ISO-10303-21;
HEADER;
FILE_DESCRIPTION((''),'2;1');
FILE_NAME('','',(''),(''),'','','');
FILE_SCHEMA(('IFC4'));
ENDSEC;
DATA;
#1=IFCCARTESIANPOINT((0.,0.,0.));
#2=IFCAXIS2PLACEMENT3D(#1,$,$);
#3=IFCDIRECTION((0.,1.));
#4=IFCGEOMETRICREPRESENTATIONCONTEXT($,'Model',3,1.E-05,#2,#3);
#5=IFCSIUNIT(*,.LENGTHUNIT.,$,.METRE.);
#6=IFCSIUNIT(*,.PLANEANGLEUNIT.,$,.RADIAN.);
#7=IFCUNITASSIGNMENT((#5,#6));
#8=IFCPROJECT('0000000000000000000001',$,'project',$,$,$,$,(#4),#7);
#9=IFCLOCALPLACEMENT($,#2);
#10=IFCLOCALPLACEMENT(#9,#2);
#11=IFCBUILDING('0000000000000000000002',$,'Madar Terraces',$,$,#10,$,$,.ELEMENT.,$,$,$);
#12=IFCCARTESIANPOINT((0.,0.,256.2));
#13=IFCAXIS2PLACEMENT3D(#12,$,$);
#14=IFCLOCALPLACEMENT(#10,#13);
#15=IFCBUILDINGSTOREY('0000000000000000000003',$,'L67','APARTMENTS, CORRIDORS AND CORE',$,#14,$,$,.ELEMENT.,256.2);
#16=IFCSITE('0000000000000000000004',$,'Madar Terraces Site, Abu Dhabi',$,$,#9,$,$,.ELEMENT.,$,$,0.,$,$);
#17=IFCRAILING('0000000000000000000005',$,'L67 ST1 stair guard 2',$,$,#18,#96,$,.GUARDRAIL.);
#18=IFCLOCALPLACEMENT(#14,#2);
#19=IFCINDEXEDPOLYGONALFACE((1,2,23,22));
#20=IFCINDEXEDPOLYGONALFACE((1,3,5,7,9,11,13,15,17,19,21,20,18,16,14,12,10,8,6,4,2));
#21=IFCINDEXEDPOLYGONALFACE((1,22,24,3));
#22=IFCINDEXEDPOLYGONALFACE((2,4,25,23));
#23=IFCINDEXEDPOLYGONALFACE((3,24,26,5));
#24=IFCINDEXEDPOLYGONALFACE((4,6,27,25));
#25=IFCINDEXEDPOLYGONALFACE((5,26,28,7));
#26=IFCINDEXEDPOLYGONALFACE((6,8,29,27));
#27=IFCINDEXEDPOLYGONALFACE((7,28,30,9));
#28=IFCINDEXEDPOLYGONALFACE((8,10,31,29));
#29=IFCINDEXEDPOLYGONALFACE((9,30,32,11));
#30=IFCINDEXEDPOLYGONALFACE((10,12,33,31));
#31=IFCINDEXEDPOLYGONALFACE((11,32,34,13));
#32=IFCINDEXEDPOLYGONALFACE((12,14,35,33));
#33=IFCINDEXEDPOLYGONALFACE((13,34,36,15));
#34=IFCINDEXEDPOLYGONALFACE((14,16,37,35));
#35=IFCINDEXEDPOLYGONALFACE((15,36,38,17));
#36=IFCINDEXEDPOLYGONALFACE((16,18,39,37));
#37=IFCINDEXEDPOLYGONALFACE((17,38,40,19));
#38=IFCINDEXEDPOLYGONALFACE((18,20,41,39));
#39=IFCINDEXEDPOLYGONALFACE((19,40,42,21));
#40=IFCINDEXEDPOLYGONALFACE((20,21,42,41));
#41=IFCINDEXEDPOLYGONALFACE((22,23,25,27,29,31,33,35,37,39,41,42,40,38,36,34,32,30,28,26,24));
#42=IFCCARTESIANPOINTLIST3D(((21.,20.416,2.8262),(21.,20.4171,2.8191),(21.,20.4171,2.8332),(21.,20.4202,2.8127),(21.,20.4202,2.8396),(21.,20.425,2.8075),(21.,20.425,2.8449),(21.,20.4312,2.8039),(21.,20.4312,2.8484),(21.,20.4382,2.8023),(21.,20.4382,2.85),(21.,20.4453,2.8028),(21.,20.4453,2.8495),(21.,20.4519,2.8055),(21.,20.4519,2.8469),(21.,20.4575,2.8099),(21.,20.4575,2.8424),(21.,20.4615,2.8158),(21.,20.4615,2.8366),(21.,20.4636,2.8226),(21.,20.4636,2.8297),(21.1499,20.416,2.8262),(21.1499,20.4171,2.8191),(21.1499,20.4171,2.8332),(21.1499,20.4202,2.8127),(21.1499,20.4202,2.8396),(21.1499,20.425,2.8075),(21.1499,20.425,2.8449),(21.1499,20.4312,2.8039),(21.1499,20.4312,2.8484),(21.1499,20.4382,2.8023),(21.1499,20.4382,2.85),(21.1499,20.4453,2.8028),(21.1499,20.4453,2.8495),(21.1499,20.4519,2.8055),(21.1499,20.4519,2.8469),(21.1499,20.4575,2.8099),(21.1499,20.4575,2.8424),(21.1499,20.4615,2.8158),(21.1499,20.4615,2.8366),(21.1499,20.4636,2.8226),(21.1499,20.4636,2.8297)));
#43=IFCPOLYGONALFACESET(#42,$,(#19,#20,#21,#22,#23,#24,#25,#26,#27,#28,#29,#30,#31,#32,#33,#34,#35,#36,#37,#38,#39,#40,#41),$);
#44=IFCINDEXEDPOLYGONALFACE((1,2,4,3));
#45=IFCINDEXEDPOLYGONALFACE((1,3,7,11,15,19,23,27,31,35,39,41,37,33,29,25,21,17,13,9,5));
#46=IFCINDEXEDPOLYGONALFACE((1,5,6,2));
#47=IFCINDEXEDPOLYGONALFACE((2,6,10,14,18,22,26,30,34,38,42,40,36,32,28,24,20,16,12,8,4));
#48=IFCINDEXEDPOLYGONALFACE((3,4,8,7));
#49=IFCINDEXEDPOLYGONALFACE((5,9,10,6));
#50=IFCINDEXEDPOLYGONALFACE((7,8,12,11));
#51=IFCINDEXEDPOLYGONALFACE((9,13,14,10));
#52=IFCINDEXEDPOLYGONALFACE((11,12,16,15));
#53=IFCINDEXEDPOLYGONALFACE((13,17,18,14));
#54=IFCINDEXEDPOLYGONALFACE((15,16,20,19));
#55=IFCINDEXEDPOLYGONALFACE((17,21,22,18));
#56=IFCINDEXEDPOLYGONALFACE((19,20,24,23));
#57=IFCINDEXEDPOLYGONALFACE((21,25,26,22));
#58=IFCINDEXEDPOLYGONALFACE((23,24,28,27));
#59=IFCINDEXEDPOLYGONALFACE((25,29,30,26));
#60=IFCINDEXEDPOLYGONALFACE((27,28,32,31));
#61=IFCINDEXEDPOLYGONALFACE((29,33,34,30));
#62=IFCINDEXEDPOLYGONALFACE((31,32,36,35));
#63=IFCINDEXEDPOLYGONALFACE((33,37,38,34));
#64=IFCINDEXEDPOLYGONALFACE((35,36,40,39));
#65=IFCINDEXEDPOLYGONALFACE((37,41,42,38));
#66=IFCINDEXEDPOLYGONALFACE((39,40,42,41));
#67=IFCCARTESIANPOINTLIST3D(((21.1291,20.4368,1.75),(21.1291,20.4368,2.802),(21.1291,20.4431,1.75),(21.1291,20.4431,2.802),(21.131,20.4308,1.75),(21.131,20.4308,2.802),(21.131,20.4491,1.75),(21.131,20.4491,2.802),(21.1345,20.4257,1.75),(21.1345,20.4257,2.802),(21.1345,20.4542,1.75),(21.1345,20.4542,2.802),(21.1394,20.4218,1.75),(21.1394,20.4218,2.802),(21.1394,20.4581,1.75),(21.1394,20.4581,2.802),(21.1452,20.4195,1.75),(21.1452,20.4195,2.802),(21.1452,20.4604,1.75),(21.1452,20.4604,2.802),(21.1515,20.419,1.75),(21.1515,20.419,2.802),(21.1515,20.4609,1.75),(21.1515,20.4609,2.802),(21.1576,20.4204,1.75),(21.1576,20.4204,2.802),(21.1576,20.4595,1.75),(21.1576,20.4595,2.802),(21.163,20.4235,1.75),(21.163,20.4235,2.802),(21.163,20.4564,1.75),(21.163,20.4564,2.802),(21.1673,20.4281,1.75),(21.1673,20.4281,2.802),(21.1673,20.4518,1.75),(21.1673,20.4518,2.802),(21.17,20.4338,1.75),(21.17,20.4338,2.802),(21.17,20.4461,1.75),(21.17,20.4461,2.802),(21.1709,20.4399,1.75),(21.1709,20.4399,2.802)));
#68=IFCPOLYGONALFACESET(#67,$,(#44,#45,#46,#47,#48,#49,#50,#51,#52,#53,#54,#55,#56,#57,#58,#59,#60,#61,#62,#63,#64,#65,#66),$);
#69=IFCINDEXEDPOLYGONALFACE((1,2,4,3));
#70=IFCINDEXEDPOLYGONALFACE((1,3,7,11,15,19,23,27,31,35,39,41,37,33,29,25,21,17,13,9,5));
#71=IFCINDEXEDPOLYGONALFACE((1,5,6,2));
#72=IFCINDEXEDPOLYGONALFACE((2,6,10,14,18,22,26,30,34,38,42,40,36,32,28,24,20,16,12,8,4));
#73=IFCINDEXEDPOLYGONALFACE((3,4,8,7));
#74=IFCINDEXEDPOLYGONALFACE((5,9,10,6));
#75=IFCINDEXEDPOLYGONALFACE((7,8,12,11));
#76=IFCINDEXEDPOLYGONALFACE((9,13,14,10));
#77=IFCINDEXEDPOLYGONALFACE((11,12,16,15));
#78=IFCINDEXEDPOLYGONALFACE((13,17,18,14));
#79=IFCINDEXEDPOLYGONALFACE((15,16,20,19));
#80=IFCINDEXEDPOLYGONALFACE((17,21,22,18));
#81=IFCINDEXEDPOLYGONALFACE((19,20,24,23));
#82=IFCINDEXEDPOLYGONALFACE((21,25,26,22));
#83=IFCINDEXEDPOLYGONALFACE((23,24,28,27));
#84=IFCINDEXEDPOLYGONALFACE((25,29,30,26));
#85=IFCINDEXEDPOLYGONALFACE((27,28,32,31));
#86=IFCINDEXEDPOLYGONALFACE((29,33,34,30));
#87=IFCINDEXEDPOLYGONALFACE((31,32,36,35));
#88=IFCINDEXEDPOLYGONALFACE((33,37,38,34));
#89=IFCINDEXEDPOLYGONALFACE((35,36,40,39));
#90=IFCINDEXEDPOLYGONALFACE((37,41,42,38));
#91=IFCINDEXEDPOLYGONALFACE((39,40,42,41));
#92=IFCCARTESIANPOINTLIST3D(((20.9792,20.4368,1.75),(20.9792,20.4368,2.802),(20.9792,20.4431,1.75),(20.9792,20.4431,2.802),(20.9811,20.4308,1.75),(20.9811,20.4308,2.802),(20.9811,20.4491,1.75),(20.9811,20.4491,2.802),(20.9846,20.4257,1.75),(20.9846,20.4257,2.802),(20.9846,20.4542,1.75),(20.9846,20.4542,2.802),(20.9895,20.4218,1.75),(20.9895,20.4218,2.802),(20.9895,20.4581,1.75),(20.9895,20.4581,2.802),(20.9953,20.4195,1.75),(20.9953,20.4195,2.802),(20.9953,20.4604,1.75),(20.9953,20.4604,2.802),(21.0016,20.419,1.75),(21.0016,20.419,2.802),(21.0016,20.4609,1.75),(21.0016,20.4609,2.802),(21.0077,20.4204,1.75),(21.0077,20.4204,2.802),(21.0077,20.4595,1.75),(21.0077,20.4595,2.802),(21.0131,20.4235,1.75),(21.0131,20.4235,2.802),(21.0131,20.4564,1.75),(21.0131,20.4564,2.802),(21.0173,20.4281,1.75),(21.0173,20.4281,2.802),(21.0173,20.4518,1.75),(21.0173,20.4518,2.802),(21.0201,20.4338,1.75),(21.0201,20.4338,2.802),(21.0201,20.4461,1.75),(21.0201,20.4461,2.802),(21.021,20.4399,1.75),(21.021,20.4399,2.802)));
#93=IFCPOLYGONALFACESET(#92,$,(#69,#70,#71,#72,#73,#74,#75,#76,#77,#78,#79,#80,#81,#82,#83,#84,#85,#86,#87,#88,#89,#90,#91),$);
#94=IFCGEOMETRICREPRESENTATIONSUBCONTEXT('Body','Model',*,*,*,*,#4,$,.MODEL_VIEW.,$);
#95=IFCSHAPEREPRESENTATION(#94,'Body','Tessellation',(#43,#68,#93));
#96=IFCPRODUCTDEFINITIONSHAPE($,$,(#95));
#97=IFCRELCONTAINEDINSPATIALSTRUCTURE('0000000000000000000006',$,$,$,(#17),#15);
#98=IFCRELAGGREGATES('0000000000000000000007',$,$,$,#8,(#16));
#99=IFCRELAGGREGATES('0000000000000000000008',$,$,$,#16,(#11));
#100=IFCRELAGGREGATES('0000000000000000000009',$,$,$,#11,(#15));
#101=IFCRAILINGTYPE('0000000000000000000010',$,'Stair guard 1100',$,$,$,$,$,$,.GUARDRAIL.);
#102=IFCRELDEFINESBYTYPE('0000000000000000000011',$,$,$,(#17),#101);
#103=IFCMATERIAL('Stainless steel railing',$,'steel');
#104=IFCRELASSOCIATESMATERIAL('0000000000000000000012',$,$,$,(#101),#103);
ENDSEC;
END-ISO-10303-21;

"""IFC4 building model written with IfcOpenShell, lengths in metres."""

from ifc_helpers import new_model, si_unit, direction, frame, origin, origin_2d, place, context, subcontext, project, spatial, circle, extrude, material, type_object, element, save


model = new_model("IFC4")

# Units and contexts
model_context = context("Model", 3, precision=1e-05, world=origin(), true_north=direction((0.0, 1.0)))
body_context = subcontext(model_context, "Body", "Model", "MODEL_VIEW")
ifc_project = project(units=[si_unit("LENGTHUNIT", "METRE"), si_unit("PLANEANGLEUNIT", "RADIAN")], contexts=[model_context])

# Site, building, storey
site_placement = place(None, origin())
site = spatial("IfcSite", under=ifc_project, at=site_placement, Name="Madar Terraces Site, Abu Dhabi", CompositionType="ELEMENT", RefElevation=0.0)
building_placement = place(site_placement, origin())
building = spatial("IfcBuilding", under=site, at=building_placement, Name="Madar Terraces", CompositionType="ELEMENT")
storey_placement = place(building_placement, frame((0.0, 0.0, 256.2)))
storey = spatial("IfcBuildingStorey", under=building, at=storey_placement, Name="L67", Description="APARTMENTS, CORRIDORS AND CORE", CompositionType="ELEMENT", Elevation=256.2)

# Railing
ifc_material_1 = material(Name="Stainless steel railing", Category="steel")
railing_type_1 = type_object("IfcRailingType", Name="Stair guard 1100", PredefinedType="GUARDRAIL", material=ifc_material_1)
railing_1_placement = place(storey_placement, frame((21.1499, 20.4399, 1.75)))
element("IfcRailing", 1, at=railing_1_placement, inside=storey, type_object=railing_type_1, Name="L67 ST1 stair guard 2", PredefinedType="GUARDRAIL", context=body_context, shape_type="SweptSolid", body=[
    extrude(circle(Radius=0.0239, at=origin_2d()), frame((0.0, 0.0, 1.0762), z_axis=(-1.0, 0.0, 0.0), x_axis=(0.0, -1.0, 0.0)), (0.0, 0.0, 1.0), 0.1499),
    extrude(circle(Radius=0.021, at=origin_2d()), origin(), (0.0, 0.0, 1.0), 1.052),
    extrude(circle(Radius=0.021, at=origin_2d()), frame((-0.1499, 0.0, 0.0)), (0.0, 0.0, 1.0), 1.052),
])

save(model, "model.ifc")
